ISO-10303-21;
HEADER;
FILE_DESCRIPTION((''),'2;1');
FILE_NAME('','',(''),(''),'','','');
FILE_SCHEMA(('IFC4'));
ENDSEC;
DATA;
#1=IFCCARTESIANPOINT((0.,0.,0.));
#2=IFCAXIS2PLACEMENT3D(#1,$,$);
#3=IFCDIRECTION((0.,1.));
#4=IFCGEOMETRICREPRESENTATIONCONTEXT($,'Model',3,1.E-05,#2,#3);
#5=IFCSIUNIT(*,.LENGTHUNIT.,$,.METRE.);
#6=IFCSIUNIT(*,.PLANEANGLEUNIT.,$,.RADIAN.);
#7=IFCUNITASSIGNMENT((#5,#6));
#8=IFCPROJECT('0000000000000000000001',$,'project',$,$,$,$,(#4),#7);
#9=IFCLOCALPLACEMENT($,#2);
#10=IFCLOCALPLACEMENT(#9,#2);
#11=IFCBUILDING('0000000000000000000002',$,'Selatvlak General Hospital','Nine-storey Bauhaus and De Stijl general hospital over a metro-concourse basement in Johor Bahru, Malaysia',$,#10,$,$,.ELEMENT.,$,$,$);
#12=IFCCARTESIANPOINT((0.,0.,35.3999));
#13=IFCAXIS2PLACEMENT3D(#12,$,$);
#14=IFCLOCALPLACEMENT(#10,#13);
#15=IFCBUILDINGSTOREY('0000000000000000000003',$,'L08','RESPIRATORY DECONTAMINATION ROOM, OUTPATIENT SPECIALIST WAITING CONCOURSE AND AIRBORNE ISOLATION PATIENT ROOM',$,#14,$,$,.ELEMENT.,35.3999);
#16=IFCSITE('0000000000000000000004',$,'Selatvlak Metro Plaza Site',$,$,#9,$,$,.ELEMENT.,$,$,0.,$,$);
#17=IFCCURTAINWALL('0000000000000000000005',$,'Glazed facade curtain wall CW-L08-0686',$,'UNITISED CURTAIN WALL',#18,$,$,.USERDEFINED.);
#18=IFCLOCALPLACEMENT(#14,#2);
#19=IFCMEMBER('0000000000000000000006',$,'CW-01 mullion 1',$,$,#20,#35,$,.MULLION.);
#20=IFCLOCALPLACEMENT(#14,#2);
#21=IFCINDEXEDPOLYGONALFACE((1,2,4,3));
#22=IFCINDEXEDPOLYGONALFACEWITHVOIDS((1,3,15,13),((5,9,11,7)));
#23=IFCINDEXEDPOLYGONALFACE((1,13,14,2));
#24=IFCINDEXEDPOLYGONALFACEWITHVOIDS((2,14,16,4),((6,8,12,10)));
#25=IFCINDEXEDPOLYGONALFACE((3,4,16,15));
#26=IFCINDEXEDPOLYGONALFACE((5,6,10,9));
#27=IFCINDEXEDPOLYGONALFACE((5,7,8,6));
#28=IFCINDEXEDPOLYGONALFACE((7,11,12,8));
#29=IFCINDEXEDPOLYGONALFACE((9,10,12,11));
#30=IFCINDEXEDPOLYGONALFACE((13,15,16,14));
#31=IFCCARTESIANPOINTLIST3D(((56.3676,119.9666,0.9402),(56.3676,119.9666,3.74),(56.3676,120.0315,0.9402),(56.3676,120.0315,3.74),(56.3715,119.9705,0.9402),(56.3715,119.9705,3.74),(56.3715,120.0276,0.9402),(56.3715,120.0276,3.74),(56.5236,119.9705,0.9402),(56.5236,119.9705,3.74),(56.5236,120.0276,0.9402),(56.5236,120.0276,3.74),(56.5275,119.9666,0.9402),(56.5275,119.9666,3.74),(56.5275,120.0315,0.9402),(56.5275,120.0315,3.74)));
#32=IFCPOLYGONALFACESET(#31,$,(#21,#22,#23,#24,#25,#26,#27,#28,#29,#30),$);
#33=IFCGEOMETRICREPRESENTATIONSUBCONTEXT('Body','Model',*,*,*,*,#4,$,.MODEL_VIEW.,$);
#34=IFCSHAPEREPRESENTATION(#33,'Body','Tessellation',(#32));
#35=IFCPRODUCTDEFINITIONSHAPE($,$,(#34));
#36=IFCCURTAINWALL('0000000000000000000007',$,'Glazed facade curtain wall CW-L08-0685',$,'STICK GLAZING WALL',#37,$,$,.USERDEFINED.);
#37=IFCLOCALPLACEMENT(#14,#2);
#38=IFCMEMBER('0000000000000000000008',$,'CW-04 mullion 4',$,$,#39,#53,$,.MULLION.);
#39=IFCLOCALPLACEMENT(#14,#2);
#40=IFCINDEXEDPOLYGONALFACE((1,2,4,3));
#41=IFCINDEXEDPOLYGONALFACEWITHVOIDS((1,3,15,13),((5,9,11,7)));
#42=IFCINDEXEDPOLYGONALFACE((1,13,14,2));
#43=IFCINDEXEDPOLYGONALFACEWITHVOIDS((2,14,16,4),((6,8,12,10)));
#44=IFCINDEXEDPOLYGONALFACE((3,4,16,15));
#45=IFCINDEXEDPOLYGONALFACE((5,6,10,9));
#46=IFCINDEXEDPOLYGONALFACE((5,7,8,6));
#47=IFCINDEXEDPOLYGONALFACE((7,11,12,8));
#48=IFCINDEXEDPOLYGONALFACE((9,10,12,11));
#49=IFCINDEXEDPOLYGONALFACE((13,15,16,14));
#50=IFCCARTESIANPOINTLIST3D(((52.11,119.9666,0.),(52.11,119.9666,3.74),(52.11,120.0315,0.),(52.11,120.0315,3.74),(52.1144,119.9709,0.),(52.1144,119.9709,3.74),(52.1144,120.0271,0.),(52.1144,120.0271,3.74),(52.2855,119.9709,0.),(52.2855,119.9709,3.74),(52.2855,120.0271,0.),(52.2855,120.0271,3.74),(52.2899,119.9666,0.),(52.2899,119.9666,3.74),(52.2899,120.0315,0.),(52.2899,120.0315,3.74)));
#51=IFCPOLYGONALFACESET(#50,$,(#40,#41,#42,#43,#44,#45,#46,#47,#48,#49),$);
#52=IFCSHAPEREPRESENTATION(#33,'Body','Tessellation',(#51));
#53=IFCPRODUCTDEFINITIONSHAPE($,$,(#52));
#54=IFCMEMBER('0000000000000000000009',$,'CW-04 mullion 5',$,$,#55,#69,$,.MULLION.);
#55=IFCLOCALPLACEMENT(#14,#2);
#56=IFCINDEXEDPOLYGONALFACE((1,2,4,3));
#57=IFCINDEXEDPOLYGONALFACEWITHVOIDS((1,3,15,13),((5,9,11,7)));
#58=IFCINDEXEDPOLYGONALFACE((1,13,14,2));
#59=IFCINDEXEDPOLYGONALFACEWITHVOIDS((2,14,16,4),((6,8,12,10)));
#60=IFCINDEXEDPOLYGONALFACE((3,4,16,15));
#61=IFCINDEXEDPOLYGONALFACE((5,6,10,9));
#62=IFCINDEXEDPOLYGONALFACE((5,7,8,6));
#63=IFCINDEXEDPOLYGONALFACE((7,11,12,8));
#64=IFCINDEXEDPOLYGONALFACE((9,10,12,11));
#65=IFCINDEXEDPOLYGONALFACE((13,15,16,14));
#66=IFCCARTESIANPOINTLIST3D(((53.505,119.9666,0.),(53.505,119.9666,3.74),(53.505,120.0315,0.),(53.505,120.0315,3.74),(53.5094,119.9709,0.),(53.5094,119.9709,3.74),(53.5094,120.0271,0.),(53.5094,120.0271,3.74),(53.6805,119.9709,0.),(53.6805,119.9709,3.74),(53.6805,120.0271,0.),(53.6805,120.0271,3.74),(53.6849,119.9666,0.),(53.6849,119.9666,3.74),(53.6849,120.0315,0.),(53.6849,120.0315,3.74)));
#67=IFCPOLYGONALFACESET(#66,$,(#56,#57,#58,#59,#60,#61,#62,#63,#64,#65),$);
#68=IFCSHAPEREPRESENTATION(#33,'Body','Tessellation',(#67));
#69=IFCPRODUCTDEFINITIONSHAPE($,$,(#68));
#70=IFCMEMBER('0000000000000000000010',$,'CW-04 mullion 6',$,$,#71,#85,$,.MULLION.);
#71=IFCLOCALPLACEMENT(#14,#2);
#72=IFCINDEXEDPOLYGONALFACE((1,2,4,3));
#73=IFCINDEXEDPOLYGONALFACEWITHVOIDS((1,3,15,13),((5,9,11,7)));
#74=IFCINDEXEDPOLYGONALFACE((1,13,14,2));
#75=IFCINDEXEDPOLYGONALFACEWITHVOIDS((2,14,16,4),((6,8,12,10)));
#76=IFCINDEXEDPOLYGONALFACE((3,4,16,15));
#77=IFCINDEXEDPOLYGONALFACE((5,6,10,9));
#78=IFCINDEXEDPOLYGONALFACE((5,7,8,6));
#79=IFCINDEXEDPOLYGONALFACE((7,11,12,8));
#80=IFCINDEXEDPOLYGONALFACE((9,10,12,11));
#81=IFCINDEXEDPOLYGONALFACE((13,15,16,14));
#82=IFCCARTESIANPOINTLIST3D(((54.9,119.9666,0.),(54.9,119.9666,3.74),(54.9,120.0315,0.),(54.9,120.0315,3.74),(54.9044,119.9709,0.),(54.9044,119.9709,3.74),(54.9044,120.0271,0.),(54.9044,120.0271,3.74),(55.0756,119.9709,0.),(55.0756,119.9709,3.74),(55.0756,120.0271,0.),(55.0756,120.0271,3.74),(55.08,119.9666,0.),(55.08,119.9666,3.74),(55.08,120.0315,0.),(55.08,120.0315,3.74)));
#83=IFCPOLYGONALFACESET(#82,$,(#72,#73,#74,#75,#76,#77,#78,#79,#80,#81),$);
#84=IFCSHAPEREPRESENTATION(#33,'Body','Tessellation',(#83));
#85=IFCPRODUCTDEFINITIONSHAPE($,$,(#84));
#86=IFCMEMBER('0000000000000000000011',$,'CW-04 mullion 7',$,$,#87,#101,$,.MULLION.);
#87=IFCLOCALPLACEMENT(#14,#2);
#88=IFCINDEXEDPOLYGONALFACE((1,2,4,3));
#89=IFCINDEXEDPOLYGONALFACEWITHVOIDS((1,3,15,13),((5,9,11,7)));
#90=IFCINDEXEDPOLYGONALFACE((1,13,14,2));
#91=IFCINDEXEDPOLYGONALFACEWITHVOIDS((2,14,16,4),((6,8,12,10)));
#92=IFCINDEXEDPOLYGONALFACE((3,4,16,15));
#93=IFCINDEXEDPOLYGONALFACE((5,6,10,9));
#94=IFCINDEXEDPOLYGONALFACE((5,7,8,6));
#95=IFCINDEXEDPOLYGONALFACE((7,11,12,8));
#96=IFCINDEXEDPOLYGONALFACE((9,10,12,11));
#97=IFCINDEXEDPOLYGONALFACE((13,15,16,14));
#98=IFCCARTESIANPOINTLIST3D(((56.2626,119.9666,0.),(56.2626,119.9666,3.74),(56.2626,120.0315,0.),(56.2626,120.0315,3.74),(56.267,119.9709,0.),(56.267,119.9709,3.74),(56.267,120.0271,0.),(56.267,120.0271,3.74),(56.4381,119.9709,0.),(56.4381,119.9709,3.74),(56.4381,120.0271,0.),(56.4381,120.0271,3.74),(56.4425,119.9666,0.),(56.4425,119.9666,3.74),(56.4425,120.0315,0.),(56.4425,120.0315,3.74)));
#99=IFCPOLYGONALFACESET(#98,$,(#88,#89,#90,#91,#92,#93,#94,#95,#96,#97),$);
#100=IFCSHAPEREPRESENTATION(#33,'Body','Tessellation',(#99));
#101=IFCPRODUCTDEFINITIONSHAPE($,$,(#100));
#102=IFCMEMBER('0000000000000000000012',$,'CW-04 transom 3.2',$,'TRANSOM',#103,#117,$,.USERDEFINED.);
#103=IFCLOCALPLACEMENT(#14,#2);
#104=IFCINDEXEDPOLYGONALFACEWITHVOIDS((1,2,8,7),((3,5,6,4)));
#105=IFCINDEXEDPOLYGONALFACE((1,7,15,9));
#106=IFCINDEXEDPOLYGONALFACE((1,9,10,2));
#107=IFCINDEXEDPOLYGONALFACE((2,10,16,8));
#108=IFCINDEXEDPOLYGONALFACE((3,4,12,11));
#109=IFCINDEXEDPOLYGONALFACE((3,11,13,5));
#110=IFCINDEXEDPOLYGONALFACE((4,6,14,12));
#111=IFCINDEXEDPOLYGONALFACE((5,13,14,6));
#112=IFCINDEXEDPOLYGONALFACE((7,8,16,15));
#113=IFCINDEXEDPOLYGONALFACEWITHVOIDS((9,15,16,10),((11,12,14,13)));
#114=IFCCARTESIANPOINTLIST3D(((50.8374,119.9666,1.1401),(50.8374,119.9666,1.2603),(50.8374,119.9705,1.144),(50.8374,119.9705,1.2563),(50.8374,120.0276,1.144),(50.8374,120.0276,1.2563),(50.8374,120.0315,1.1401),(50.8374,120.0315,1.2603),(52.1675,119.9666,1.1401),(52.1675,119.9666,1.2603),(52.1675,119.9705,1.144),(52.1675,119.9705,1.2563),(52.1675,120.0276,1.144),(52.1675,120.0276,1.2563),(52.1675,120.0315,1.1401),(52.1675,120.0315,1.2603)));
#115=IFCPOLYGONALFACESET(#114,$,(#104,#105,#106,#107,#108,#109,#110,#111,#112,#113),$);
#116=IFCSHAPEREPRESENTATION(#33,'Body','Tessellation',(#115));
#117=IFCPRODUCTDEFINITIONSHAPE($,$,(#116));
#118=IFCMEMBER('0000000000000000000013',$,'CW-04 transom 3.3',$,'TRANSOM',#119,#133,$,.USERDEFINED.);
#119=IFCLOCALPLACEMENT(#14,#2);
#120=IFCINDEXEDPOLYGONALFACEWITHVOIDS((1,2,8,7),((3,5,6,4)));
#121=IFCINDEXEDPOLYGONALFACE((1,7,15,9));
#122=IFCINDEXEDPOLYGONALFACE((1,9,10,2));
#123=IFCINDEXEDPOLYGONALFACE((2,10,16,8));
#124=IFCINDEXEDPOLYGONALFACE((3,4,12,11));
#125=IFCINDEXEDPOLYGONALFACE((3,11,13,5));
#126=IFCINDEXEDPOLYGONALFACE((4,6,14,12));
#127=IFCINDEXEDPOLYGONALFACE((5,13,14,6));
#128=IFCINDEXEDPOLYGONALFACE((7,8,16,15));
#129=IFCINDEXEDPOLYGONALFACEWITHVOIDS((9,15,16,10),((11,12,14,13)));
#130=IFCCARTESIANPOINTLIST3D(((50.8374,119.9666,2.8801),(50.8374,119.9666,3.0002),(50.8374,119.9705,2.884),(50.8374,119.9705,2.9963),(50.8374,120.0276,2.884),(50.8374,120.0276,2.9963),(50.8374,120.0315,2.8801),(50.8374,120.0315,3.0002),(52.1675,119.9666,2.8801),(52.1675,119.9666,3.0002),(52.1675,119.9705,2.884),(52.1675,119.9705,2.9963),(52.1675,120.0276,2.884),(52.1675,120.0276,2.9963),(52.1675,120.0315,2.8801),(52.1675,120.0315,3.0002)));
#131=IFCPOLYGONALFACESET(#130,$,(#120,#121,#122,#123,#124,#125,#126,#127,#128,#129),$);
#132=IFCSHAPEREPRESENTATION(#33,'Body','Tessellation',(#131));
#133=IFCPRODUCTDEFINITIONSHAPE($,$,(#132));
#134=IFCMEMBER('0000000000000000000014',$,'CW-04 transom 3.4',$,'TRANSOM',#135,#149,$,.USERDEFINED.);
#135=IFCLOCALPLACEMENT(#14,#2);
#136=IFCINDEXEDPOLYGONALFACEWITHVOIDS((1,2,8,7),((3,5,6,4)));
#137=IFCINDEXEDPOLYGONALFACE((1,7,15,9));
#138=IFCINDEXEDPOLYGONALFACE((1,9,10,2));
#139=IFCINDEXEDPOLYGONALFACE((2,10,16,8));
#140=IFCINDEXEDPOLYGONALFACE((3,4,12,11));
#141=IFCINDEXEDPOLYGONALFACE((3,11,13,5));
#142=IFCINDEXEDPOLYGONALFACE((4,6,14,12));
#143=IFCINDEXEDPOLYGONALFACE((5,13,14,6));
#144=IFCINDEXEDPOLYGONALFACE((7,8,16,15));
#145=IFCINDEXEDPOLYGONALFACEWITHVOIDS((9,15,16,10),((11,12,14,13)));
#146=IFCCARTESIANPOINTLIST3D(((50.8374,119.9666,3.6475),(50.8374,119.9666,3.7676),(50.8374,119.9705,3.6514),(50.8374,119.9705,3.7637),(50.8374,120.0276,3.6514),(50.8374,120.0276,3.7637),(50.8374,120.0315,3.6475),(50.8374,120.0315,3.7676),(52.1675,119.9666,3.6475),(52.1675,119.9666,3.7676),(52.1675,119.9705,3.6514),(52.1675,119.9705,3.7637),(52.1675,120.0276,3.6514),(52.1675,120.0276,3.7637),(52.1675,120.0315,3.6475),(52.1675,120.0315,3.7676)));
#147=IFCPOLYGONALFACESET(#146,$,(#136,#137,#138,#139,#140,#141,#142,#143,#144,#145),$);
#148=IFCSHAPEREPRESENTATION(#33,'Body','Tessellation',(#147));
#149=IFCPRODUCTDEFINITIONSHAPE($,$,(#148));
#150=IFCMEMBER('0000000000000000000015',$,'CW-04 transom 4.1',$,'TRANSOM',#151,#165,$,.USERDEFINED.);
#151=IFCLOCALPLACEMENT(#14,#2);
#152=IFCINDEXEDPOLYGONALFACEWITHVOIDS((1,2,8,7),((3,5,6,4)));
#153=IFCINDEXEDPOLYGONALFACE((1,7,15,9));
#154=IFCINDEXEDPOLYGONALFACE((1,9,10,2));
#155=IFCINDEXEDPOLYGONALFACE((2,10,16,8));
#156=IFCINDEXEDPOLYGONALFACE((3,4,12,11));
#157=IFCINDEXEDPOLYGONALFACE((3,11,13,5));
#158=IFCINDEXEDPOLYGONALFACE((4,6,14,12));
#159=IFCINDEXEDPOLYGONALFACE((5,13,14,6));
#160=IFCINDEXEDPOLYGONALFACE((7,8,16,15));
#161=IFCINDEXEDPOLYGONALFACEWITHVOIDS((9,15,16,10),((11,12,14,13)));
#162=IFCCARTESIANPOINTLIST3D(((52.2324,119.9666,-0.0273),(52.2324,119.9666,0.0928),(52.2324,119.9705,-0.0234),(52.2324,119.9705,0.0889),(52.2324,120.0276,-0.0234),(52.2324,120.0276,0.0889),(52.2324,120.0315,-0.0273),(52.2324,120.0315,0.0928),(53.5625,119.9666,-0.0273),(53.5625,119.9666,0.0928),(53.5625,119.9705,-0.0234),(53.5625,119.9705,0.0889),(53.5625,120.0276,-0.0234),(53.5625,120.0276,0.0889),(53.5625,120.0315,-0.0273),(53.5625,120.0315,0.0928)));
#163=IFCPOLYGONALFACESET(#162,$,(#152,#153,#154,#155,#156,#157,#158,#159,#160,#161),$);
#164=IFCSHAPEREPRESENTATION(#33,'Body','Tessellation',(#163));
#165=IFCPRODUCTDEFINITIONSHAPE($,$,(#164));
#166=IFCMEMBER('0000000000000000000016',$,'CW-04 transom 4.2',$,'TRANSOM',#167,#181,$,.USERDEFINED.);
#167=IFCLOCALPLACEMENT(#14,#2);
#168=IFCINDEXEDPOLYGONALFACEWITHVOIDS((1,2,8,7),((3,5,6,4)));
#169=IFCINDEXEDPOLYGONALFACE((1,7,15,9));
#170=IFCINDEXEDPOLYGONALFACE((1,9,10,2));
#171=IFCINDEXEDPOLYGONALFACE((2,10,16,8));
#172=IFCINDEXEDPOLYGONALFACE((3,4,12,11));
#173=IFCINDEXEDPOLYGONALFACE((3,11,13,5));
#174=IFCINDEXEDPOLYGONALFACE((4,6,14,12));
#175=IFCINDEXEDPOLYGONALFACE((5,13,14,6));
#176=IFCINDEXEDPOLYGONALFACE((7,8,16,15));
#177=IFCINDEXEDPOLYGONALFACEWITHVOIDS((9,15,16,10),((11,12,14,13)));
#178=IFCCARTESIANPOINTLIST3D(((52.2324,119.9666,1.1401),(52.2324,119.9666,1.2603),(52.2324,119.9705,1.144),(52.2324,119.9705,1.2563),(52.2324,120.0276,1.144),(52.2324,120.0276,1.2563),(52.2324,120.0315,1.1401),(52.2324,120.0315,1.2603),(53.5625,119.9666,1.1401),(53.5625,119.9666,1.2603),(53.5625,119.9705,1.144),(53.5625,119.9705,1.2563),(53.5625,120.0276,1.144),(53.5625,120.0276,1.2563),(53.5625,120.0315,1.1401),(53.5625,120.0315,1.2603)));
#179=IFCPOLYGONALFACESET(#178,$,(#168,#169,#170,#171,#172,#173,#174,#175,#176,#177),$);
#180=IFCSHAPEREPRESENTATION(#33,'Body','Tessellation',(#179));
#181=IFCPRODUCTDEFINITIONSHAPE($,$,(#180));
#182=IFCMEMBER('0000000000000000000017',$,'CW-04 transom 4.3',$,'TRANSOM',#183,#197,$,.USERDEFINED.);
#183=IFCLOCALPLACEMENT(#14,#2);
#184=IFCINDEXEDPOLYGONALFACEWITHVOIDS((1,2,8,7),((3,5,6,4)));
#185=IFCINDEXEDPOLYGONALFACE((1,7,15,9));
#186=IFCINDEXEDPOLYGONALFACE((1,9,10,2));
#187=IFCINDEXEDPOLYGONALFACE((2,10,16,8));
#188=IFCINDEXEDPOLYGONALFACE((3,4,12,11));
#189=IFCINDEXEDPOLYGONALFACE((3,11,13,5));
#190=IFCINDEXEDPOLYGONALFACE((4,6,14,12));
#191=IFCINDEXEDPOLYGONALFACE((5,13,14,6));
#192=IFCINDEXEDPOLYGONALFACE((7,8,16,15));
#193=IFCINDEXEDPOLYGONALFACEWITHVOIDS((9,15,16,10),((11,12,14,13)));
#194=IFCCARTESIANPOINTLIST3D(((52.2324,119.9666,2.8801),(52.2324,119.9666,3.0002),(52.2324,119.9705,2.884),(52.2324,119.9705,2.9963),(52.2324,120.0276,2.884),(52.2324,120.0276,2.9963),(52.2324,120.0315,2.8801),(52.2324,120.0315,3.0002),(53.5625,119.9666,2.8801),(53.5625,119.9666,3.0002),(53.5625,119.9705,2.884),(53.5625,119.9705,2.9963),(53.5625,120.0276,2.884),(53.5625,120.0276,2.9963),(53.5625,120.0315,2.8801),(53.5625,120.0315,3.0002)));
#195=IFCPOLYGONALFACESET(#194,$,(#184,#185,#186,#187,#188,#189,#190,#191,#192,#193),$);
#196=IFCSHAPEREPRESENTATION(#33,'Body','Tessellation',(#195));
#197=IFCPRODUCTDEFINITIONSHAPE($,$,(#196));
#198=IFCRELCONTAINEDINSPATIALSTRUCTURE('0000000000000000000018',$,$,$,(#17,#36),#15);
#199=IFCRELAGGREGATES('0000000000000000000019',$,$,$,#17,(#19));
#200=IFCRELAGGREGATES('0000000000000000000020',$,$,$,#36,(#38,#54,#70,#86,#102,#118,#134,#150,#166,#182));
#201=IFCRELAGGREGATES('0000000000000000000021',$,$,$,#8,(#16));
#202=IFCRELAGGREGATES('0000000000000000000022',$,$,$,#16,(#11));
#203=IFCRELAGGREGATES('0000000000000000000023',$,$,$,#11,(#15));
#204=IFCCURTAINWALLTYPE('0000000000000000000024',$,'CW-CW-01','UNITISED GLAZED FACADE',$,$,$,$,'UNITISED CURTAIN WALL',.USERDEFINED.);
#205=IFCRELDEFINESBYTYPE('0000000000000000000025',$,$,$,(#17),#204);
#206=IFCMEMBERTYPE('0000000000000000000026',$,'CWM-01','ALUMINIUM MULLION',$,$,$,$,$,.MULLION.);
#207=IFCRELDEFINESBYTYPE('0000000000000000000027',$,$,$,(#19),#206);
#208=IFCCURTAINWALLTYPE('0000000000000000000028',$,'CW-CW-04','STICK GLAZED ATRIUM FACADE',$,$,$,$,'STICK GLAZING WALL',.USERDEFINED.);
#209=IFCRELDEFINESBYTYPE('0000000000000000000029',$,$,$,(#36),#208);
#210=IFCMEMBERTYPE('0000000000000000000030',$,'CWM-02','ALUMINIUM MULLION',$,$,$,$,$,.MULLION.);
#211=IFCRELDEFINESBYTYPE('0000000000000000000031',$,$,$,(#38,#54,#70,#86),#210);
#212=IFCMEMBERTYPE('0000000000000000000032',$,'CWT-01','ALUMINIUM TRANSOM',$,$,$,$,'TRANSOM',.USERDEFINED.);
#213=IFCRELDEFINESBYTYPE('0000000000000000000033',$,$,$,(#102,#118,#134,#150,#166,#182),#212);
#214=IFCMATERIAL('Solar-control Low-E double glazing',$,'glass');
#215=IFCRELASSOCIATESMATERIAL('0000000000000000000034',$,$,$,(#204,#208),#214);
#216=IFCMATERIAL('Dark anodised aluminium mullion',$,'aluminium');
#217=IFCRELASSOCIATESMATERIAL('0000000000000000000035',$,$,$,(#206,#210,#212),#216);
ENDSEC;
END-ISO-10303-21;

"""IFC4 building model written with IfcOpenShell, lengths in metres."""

from ifc_helpers import new_model, si_unit, direction, frame, origin, origin_2d, place, context, subcontext, project, spatial, hollow_rectangle, extrude, material, material_profile, profile_set, type_object, element, aggregate, save


model = new_model("IFC4")

# Units and contexts
model_context = context("Model", 3, precision=1e-05, world=origin(), true_north=direction((0.0, 1.0)))
body_context = subcontext(model_context, "Body", "Model", "MODEL_VIEW")
ifc_project = project(units=[si_unit("LENGTHUNIT", "METRE"), si_unit("PLANEANGLEUNIT", "RADIAN")], contexts=[model_context])

# Site, building, storey
site_placement = place(None, origin())
site = spatial("IfcSite", under=ifc_project, at=site_placement, Name="Selatvlak Metro Plaza Site", CompositionType="ELEMENT", RefElevation=0.0)
building_placement = place(site_placement, origin())
building = spatial("IfcBuilding", under=site, at=building_placement, Name="Selatvlak General Hospital", Description="Nine-storey Bauhaus and De Stijl general hospital over a metro-concourse basement in Johor Bahru, Malaysia", CompositionType="ELEMENT")
storey_placement = place(building_placement, frame((0.0, 0.0, 35.3999)))
storey = spatial("IfcBuildingStorey", under=building, at=storey_placement, Name="L08", Description="RESPIRATORY DECONTAMINATION ROOM, OUTPATIENT SPECIALIST WAITING CONCOURSE AND AIRBORNE ISOLATION PATIENT ROOM", CompositionType="ELEMENT", Elevation=35.3999)

# Curtain wall, member
ifc_material_1 = material(Name="Solar-control Low-E double glazing", Category="glass")
curtain_wall_type_1 = type_object("IfcCurtainWallType", Name="CW-CW-01", Description="UNITISED GLAZED FACADE", ElementType="UNITISED CURTAIN WALL", PredefinedType="USERDEFINED", material=ifc_material_1)
curtain_wall_1_placement = place(storey_placement, origin())
curtain_wall_1 = element("IfcCurtainWall", 1, at=curtain_wall_1_placement, inside=storey, type_object=curtain_wall_type_1, Name="Glazed facade curtain wall CW-L08-0686", ObjectType="UNITISED CURTAIN WALL", PredefinedType="USERDEFINED")
ifc_material_2 = material(Name="Dark anodised aluminium mullion", Category="aluminium")
ifc_material_profile_1 = material_profile(ifc_material_2, hollow_rectangle(XDim=0.0649, YDim=0.1599, WallThickness=0.0039, at=origin_2d()), Name="AL-MUL 65x160x4")
ifc_profile_set_1 = profile_set([ifc_material_profile_1], Name="Dark anodised aluminium mullion")
member_type_1 = type_object("IfcMemberType", Name="CWM-01", Description="ALUMINIUM MULLION", PredefinedType="MULLION", material=ifc_profile_set_1)
member_1_placement = place(storey_placement, frame((56.4475, 119.999, 0.9402), z_axis=(0.0, 0.0, 1.0), x_axis=(0.0, 1.0, 0.0)))
member_1 = element("IfcMember", 2, at=member_1_placement, type_object=member_type_1, Name="CW-01 mullion 1", PredefinedType="MULLION", context=body_context, shape_type="SweptSolid", body=[
    extrude(hollow_rectangle(XDim=0.0649, YDim=0.1599, WallThickness=0.0039, at=origin_2d()), origin(), (0.0, 0.0, 1.0), 2.7998),
])

# Curtain wall, members
curtain_wall_type_2 = type_object("IfcCurtainWallType", Name="CW-CW-04", Description="STICK GLAZED ATRIUM FACADE", ElementType="STICK GLAZING WALL", PredefinedType="USERDEFINED", material=ifc_material_1)
curtain_wall_2_placement = place(storey_placement, origin())
curtain_wall_2 = element("IfcCurtainWall", 3, at=curtain_wall_2_placement, inside=storey, type_object=curtain_wall_type_2, Name="Glazed facade curtain wall CW-L08-0685", ObjectType="STICK GLAZING WALL", PredefinedType="USERDEFINED")
ifc_material_profile_2 = material_profile(ifc_material_2, hollow_rectangle(XDim=0.0649, YDim=0.1799, WallThickness=0.0044, at=origin_2d()), Name="AL-MUL 65x180x4.5")
ifc_profile_set_2 = profile_set([ifc_material_profile_2], Name="Dark anodised aluminium mullion")
member_type_2 = type_object("IfcMemberType", Name="CWM-02", Description="ALUMINIUM MULLION", PredefinedType="MULLION", material=ifc_profile_set_2)
member_2_placement = place(storey_placement, frame((52.2, 119.999, 0.0), z_axis=(0.0, 0.0, 1.0), x_axis=(0.0, 1.0, 0.0)))
member_2 = element("IfcMember", 4, at=member_2_placement, type_object=member_type_2, Name="CW-04 mullion 4", PredefinedType="MULLION", context=body_context, shape_type="SweptSolid", body=[
    extrude(hollow_rectangle(XDim=0.0649, YDim=0.1799, WallThickness=0.0044, at=origin_2d()), origin(), (0.0, 0.0, 1.0), 3.74),
])
member_3_placement = place(storey_placement, frame((53.595, 119.999, 0.0), z_axis=(0.0, 0.0, 1.0), x_axis=(0.0, 1.0, 0.0)))
member_3 = element("IfcMember", 5, at=member_3_placement, type_object=member_type_2, Name="CW-04 mullion 5", PredefinedType="MULLION", context=body_context, shape_type="SweptSolid", body=[
    extrude(hollow_rectangle(XDim=0.0649, YDim=0.1799, WallThickness=0.0044, at=origin_2d()), origin(), (0.0, 0.0, 1.0), 3.74),
])
member_4_placement = place(storey_placement, frame((54.99, 119.999, 0.0), z_axis=(0.0, 0.0, 1.0), x_axis=(0.0, 1.0, 0.0)))
member_4 = element("IfcMember", 6, at=member_4_placement, type_object=member_type_2, Name="CW-04 mullion 6", PredefinedType="MULLION", context=body_context, shape_type="SweptSolid", body=[
    extrude(hollow_rectangle(XDim=0.0649, YDim=0.1799, WallThickness=0.0044, at=origin_2d()), origin(), (0.0, 0.0, 1.0), 3.74),
])
member_5_placement = place(storey_placement, frame((56.3525, 119.999, 0.0), z_axis=(0.0, 0.0, 1.0), x_axis=(0.0, 1.0, 0.0)))
member_5 = element("IfcMember", 7, at=member_5_placement, type_object=member_type_2, Name="CW-04 mullion 7", PredefinedType="MULLION", context=body_context, shape_type="SweptSolid", body=[
    extrude(hollow_rectangle(XDim=0.0649, YDim=0.1799, WallThickness=0.0044, at=origin_2d()), origin(), (0.0, 0.0, 1.0), 3.74),
])
ifc_material_profile_3 = material_profile(ifc_material_2, hollow_rectangle(XDim=0.0649, YDim=0.1201, WallThickness=0.0039, at=origin_2d()), Name="AL-TRN 65x120x4")
ifc_profile_set_3 = profile_set([ifc_material_profile_3], Name="Dark anodised aluminium mullion")
member_type_3 = type_object("IfcMemberType", Name="CWT-01", Description="ALUMINIUM TRANSOM", ElementType="TRANSOM", PredefinedType="USERDEFINED", material=ifc_profile_set_3)
member_6_placement = place(storey_placement, frame((50.8374, 119.999, 1.2002), z_axis=(1.0, 0.0, 0.0), x_axis=(0.0, 1.0, 0.0)))
member_6 = element("IfcMember", 8, at=member_6_placement, type_object=member_type_3, Name="CW-04 transom 3.2", ObjectType="TRANSOM", PredefinedType="USERDEFINED", context=body_context, shape_type="SweptSolid", body=[
    extrude(hollow_rectangle(XDim=0.0649, YDim=0.1201, WallThickness=0.0039, at=origin_2d()), origin(), (0.0, 0.0, 1.0), 1.3301),
])
member_7_placement = place(storey_placement, frame((50.8374, 119.999, 2.9402), z_axis=(1.0, 0.0, 0.0), x_axis=(0.0, 1.0, 0.0)))
member_7 = element("IfcMember", 9, at=member_7_placement, type_object=member_type_3, Name="CW-04 transom 3.3", ObjectType="TRANSOM", PredefinedType="USERDEFINED", context=body_context, shape_type="SweptSolid", body=[
    extrude(hollow_rectangle(XDim=0.0649, YDim=0.1201, WallThickness=0.0039, at=origin_2d()), origin(), (0.0, 0.0, 1.0), 1.3301),
])
member_8_placement = place(storey_placement, frame((50.8374, 119.999, 3.7075), z_axis=(1.0, 0.0, 0.0), x_axis=(0.0, 1.0, 0.0)))
member_8 = element("IfcMember", 10, at=member_8_placement, type_object=member_type_3, Name="CW-04 transom 3.4", ObjectType="TRANSOM", PredefinedType="USERDEFINED", context=body_context, shape_type="SweptSolid", body=[
    extrude(hollow_rectangle(XDim=0.0649, YDim=0.1201, WallThickness=0.0039, at=origin_2d()), origin(), (0.0, 0.0, 1.0), 1.3301),
])
member_9_placement = place(storey_placement, frame((52.2324, 119.999, 0.0327), z_axis=(1.0, 0.0, 0.0), x_axis=(0.0, 1.0, 0.0)))
member_9 = element("IfcMember", 11, at=member_9_placement, type_object=member_type_3, Name="CW-04 transom 4.1", ObjectType="TRANSOM", PredefinedType="USERDEFINED", context=body_context, shape_type="SweptSolid", body=[
    extrude(hollow_rectangle(XDim=0.0649, YDim=0.1201, WallThickness=0.0039, at=origin_2d()), origin(), (0.0, 0.0, 1.0), 1.3301),
])
member_10_placement = place(storey_placement, frame((52.2324, 119.999, 1.2002), z_axis=(1.0, 0.0, 0.0), x_axis=(0.0, 1.0, 0.0)))
member_10 = element("IfcMember", 12, at=member_10_placement, type_object=member_type_3, Name="CW-04 transom 4.2", ObjectType="TRANSOM", PredefinedType="USERDEFINED", context=body_context, shape_type="SweptSolid", body=[
    extrude(hollow_rectangle(XDim=0.0649, YDim=0.1201, WallThickness=0.0039, at=origin_2d()), origin(), (0.0, 0.0, 1.0), 1.3301),
])
member_11_placement = place(storey_placement, frame((52.2324, 119.999, 2.9402), z_axis=(1.0, 0.0, 0.0), x_axis=(0.0, 1.0, 0.0)))
member_11 = element("IfcMember", 13, at=member_11_placement, type_object=member_type_3, Name="CW-04 transom 4.3", ObjectType="TRANSOM", PredefinedType="USERDEFINED", context=body_context, shape_type="SweptSolid", body=[
    extrude(hollow_rectangle(XDim=0.0649, YDim=0.1201, WallThickness=0.0039, at=origin_2d()), origin(), (0.0, 0.0, 1.0), 1.3301),
])

aggregate(curtain_wall_1, [member_1])

aggregate(curtain_wall_2, [member_2, member_3, member_4, member_5, member_6, member_7, member_8, member_9, member_10, member_11])

save(model, "model.ifc")
